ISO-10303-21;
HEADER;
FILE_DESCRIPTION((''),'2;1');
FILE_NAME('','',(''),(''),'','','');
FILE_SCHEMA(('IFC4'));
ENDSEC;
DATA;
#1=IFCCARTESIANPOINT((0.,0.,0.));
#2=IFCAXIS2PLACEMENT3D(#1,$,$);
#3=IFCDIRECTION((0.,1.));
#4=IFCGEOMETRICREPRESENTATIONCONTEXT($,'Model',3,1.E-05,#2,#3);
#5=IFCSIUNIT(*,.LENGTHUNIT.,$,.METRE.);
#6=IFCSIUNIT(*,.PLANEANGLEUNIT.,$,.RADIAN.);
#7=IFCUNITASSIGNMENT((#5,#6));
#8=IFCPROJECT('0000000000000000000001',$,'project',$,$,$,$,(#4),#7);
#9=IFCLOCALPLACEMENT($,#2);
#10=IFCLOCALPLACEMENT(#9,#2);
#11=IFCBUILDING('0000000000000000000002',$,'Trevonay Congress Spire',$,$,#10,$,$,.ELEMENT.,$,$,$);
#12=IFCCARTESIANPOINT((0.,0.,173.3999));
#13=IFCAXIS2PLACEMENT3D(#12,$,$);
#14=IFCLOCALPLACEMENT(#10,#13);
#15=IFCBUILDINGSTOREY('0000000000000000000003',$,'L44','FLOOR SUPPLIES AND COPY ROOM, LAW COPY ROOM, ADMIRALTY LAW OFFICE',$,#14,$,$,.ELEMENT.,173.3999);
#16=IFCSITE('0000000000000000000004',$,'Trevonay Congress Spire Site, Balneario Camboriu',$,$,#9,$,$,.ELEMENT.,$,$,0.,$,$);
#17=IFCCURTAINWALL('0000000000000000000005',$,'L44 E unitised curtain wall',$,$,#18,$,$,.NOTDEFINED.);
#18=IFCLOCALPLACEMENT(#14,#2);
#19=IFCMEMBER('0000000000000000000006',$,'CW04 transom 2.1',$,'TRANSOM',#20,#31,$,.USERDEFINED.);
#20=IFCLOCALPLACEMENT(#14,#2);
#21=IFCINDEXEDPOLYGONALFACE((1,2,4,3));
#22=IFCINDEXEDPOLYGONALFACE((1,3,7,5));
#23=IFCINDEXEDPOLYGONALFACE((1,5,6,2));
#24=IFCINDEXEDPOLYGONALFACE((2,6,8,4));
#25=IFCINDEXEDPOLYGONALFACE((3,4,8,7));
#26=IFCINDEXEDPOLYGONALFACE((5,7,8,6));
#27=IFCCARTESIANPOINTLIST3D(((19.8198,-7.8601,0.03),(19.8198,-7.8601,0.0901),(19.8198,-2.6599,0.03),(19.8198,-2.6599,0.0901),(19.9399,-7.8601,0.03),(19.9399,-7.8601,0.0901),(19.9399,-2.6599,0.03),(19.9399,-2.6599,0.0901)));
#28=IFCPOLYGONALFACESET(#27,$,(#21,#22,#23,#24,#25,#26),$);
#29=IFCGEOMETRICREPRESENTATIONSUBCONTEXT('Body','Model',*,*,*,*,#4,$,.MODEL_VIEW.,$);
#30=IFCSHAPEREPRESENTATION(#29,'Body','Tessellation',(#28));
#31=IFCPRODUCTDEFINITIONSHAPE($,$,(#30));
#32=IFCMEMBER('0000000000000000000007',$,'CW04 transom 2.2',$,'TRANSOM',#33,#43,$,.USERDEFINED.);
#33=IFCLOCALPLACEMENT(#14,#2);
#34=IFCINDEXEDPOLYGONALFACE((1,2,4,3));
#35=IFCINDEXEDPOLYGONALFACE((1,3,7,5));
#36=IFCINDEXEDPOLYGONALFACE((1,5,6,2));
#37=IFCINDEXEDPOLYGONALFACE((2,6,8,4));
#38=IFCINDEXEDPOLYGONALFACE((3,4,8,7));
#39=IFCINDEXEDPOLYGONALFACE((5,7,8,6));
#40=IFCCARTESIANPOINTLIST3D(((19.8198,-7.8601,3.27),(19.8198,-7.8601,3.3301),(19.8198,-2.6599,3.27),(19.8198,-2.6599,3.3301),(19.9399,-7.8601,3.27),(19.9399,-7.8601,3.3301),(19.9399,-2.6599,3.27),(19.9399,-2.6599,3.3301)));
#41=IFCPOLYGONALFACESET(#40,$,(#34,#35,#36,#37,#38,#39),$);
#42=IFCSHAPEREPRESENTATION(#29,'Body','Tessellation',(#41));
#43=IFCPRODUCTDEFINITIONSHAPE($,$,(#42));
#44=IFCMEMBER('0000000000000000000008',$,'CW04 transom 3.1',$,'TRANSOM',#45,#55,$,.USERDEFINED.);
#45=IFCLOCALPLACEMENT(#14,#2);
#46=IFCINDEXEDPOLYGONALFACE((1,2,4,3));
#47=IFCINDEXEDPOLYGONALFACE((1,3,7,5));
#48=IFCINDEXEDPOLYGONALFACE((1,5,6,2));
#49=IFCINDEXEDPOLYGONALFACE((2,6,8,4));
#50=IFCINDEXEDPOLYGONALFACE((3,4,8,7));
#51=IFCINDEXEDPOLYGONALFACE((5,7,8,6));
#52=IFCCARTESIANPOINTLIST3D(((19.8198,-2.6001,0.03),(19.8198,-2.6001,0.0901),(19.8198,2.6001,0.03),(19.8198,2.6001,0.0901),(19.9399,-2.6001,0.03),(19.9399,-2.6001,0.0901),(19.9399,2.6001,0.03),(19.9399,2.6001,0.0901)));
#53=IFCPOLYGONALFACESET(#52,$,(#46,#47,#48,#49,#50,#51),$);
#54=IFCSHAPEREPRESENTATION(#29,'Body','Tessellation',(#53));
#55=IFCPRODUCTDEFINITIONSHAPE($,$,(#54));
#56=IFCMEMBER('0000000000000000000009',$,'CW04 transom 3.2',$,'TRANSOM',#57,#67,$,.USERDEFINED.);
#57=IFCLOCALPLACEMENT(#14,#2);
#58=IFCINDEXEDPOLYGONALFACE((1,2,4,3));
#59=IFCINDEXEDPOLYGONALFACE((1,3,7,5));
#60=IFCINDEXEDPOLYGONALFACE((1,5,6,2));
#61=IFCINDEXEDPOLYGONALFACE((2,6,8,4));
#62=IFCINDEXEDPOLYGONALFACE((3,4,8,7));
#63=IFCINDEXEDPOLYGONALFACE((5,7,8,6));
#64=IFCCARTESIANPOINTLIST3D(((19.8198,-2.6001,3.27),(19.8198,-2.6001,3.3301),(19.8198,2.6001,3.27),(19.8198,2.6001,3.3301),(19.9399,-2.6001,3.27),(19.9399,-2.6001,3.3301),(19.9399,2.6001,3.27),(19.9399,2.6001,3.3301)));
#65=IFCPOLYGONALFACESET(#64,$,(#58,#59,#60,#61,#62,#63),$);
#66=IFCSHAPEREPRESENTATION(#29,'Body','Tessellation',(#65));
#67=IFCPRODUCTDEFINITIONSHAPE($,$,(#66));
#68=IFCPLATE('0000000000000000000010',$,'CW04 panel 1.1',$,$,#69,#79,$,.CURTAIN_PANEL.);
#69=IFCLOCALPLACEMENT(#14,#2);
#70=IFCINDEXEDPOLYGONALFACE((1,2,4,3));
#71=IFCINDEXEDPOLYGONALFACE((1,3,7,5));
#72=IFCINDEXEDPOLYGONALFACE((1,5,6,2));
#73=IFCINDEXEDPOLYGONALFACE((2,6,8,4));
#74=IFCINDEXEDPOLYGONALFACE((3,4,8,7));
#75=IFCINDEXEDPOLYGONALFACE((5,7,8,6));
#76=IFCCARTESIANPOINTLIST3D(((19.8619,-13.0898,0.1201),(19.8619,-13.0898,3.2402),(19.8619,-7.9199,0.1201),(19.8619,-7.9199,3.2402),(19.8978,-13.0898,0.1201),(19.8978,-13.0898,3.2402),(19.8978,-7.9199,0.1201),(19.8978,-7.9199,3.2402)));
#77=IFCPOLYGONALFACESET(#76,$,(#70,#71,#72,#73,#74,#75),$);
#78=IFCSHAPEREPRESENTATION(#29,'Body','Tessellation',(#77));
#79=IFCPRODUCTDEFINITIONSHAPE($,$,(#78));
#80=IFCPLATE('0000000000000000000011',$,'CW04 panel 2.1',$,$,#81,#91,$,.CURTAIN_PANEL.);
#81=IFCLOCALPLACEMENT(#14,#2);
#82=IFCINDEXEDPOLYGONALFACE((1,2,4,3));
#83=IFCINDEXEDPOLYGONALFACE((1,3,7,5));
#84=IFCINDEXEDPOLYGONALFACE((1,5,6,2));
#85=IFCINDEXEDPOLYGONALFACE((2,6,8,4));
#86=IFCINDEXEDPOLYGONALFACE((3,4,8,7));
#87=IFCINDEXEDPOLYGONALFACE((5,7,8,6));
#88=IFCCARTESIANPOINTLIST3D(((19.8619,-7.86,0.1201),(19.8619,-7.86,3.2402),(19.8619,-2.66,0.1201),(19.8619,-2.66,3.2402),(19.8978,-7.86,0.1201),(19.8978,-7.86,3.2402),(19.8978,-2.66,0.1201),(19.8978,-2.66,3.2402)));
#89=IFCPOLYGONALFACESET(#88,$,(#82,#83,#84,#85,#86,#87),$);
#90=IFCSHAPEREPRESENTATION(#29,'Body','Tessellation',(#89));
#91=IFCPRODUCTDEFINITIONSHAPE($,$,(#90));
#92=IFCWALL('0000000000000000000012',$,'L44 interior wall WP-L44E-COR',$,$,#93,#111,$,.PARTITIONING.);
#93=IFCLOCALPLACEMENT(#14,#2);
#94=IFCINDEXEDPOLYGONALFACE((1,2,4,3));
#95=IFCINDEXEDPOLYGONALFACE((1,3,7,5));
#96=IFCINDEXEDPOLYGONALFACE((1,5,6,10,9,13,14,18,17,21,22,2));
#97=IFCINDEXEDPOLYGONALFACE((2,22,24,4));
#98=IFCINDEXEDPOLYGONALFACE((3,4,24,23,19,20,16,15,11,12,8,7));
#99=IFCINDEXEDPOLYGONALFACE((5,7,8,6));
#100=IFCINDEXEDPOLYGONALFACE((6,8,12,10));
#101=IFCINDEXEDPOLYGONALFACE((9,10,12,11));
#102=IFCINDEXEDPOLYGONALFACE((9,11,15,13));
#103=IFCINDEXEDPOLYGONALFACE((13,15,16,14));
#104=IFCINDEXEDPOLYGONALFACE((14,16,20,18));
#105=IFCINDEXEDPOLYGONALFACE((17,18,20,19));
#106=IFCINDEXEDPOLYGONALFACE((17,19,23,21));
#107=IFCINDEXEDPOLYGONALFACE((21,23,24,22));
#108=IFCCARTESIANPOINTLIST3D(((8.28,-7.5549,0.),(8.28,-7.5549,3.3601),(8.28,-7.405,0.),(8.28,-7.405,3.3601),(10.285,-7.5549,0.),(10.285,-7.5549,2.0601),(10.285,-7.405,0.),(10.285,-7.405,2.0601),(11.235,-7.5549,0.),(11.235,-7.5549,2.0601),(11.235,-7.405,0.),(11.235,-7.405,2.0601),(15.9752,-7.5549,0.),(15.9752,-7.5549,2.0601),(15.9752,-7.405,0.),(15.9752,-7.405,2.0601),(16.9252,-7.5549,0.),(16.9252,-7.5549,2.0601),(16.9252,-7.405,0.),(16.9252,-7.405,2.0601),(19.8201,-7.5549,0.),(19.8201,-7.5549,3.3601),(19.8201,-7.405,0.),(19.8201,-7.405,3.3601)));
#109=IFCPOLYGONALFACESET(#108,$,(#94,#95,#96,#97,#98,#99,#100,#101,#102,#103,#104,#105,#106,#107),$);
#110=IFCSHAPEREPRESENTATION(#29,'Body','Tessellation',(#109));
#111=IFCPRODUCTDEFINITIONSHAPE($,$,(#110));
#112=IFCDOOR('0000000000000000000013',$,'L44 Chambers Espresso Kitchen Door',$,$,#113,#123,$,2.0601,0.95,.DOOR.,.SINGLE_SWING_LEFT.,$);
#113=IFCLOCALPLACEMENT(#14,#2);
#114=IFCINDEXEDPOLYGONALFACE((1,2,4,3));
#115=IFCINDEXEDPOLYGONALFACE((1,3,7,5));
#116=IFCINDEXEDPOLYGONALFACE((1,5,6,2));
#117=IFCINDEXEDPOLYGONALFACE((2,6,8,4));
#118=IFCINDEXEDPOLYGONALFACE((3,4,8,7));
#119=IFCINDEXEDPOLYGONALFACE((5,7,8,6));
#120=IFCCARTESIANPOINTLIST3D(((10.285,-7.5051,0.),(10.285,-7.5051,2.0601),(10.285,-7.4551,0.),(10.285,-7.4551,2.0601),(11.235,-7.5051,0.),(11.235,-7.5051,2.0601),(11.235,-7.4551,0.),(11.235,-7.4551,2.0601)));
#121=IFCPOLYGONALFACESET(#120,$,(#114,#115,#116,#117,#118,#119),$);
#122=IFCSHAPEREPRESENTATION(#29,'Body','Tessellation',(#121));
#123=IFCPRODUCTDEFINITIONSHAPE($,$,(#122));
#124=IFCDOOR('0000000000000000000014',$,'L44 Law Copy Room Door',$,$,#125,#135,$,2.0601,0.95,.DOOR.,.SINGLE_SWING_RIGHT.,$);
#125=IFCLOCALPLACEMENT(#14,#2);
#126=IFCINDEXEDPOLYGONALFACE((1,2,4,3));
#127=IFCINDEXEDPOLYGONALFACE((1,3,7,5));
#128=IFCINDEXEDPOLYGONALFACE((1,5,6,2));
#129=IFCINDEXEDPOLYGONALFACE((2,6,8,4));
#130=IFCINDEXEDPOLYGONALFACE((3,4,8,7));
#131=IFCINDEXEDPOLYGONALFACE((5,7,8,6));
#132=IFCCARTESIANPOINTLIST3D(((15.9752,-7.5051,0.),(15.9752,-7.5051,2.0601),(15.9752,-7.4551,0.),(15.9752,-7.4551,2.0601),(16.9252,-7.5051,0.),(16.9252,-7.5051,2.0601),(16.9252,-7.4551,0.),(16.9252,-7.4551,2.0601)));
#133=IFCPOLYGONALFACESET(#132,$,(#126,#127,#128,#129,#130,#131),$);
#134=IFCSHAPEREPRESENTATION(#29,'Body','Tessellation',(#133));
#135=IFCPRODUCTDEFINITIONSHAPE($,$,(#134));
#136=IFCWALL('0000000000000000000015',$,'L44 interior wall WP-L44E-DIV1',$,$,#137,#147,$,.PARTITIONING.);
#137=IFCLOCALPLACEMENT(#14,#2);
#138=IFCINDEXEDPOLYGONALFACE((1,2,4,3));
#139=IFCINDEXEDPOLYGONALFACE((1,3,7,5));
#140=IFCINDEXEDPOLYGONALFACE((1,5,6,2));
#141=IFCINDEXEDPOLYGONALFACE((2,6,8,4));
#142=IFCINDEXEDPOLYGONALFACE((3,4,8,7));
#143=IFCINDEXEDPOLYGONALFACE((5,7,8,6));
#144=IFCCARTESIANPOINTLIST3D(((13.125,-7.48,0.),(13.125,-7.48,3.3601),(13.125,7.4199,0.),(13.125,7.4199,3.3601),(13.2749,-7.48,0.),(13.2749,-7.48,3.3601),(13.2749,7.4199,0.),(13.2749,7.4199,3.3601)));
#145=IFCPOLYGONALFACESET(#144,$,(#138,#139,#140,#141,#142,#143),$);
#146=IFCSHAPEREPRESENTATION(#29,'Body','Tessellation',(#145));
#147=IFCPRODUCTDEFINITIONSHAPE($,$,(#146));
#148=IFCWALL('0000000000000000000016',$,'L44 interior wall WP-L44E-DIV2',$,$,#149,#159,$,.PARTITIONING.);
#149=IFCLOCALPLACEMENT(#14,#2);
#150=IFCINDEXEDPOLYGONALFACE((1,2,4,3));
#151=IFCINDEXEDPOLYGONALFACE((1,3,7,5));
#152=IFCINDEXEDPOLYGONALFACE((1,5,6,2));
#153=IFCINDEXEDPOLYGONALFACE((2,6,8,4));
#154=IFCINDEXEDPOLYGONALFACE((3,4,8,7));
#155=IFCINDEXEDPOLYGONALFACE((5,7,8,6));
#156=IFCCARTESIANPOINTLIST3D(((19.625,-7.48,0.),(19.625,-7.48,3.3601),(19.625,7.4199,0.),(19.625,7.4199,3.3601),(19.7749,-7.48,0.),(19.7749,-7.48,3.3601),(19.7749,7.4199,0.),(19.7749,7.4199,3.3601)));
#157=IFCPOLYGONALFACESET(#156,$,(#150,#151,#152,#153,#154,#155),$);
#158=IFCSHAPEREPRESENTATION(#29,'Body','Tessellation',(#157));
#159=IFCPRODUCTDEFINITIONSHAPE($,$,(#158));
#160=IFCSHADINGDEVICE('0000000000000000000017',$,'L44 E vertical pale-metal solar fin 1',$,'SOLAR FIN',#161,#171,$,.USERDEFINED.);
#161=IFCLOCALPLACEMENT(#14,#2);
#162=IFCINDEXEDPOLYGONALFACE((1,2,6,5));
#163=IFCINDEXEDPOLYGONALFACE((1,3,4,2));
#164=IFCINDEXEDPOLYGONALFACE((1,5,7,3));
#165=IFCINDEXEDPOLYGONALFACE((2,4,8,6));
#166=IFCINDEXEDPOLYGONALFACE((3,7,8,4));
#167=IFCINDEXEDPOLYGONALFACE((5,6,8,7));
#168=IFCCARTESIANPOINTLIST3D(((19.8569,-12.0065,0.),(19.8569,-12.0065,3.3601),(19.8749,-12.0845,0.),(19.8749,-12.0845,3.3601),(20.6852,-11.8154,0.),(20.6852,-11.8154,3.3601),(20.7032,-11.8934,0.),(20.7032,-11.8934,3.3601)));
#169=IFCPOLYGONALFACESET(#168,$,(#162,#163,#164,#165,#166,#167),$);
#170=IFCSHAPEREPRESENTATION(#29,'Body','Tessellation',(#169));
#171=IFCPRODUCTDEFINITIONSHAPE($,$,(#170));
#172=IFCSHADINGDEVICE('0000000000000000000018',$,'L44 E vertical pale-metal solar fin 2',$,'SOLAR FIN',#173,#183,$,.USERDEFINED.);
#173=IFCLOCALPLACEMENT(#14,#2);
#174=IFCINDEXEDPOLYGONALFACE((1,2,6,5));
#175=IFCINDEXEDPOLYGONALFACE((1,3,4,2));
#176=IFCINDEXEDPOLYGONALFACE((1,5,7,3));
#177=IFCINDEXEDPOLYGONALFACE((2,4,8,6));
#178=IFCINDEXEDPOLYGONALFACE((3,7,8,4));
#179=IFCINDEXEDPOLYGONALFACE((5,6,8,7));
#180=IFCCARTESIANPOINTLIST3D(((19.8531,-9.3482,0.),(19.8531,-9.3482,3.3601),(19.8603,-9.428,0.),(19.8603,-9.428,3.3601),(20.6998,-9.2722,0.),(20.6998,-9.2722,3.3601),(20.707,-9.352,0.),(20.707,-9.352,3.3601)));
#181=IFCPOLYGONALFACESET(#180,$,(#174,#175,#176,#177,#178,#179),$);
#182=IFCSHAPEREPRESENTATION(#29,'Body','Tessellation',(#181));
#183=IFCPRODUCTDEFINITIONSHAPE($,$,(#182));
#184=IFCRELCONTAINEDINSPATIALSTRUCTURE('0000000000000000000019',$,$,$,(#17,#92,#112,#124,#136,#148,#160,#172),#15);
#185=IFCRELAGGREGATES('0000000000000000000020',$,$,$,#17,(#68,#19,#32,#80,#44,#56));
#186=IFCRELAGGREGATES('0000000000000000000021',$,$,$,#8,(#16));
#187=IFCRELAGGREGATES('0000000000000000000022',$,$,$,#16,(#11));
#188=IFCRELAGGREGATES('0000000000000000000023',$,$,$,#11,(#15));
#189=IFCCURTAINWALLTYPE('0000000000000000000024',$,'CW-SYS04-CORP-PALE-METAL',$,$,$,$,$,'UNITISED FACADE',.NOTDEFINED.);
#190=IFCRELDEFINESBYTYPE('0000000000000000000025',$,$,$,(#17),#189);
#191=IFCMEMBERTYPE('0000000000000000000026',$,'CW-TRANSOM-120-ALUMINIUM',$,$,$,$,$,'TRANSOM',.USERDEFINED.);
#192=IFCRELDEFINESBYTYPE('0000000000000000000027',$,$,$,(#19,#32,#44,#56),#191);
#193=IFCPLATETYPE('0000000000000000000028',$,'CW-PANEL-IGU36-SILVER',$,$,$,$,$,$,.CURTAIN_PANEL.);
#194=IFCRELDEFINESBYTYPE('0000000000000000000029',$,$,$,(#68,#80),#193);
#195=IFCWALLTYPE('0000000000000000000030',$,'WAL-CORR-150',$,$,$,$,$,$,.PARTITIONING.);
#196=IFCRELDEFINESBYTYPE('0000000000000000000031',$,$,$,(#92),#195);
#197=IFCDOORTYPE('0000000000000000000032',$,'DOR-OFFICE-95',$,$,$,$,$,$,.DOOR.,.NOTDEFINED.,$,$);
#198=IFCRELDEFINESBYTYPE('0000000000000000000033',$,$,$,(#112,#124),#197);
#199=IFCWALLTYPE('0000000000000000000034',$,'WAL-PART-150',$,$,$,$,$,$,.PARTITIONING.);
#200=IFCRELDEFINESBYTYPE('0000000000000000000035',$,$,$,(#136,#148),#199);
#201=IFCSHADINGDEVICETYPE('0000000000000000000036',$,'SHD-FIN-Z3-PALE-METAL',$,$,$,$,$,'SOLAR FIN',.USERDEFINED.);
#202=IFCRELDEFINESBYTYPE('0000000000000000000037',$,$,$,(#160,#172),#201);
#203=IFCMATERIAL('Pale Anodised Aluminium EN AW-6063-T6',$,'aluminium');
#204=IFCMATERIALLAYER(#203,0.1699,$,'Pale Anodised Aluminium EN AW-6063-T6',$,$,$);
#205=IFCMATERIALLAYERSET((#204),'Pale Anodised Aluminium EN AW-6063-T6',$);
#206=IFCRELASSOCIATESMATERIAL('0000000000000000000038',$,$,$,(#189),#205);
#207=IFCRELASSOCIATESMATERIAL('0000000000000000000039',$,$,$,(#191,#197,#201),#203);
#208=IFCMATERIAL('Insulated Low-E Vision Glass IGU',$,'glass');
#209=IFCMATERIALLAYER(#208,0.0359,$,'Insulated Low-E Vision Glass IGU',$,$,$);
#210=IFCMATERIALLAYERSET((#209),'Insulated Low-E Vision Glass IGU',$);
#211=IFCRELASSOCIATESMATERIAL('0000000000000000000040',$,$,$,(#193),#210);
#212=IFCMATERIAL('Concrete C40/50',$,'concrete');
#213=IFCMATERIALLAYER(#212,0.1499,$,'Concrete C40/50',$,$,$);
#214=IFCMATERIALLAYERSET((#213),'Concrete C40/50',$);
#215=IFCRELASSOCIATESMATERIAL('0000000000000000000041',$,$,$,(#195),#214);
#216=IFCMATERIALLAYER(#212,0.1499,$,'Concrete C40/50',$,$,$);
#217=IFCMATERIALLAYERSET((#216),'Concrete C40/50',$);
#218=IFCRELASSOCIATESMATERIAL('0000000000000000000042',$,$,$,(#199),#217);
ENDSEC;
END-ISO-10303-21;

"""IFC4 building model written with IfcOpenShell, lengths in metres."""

from ifc_helpers import new_model, si_unit, direction, frame, frame_2d, origin, origin_2d, place, context, subcontext, project, spatial, rectangle, extrude, material, layer, layer_set, material_profile, profile_set, type_object, element, fill, aggregate, save


model = new_model("IFC4")

# Units and contexts
model_context = context("Model", 3, precision=1e-05, world=origin(), true_north=direction((0.0, 1.0)))
body_context = subcontext(model_context, "Body", "Model", "MODEL_VIEW")
ifc_project = project(units=[si_unit("LENGTHUNIT", "METRE"), si_unit("PLANEANGLEUNIT", "RADIAN")], contexts=[model_context])

# Site, building, storey
site_placement = place(None, origin())
site = spatial("IfcSite", under=ifc_project, at=site_placement, Name="Trevonay Congress Spire Site, Balneario Camboriu", CompositionType="ELEMENT", RefElevation=0.0)
building_placement = place(site_placement, origin())
building = spatial("IfcBuilding", under=site, at=building_placement, Name="Trevonay Congress Spire", CompositionType="ELEMENT")
storey_placement = place(building_placement, frame((0.0, 0.0, 173.3999)))
storey = spatial("IfcBuildingStorey", under=building, at=storey_placement, Name="L44", Description="FLOOR SUPPLIES AND COPY ROOM, LAW COPY ROOM, ADMIRALTY LAW OFFICE", CompositionType="ELEMENT", Elevation=173.3999)

# Curtain wall, members, plates
ifc_material_1 = material(Name="Pale Anodised Aluminium EN AW-6063-T6", Category="aluminium")
ifc_layer_1 = layer(ifc_material_1, 0.1699, Name="Pale Anodised Aluminium EN AW-6063-T6")
ifc_layer_set_1 = layer_set([ifc_layer_1], Name="Pale Anodised Aluminium EN AW-6063-T6")
curtain_wall_type = type_object("IfcCurtainWallType", Name="CW-SYS04-CORP-PALE-METAL", ElementType="UNITISED FACADE", PredefinedType="NOTDEFINED", material=ifc_layer_set_1)
curtain_wall_placement = place(storey_placement, origin())
curtain_wall = element("IfcCurtainWall", 1, at=curtain_wall_placement, inside=storey, type_object=curtain_wall_type, Name="L44 E unitised curtain wall", PredefinedType="NOTDEFINED")
ifc_material_profile_1 = material_profile(ifc_material_1, rectangle(XDim=0.1201, YDim=0.0601, at=origin_2d()), Name="CW-TRANSOM-120-ALUMINIUM")
ifc_profile_set_1 = profile_set([ifc_material_profile_1], Name="Pale Anodised Aluminium EN AW-6063-T6")
member_type_1 = type_object("IfcMemberType", Name="CW-TRANSOM-120-ALUMINIUM", ElementType="TRANSOM", PredefinedType="USERDEFINED", material=ifc_profile_set_1)
member_1_placement = place(storey_placement, frame((19.8799, -7.8601, 0.0601), z_axis=(0.0, 1.0, 0.0), x_axis=(-1.0, 0.0, 0.0)))
member_1 = element("IfcMember", 2, at=member_1_placement, type_object=member_type_1, Name="CW04 transom 2.1", ObjectType="TRANSOM", PredefinedType="USERDEFINED", context=body_context, shape_type="SweptSolid", body=[
    extrude(rectangle(XDim=0.1201, YDim=0.0601, at=origin_2d()), origin(), (0.0, 0.0, 1.0), 5.2002),
])
member_2_placement = place(storey_placement, frame((19.8799, -7.8601, 3.3), z_axis=(0.0, 1.0, 0.0), x_axis=(-1.0, 0.0, 0.0)))
member_2 = element("IfcMember", 3, at=member_2_placement, type_object=member_type_1, Name="CW04 transom 2.2", ObjectType="TRANSOM", PredefinedType="USERDEFINED", context=body_context, shape_type="SweptSolid", body=[
    extrude(rectangle(XDim=0.1201, YDim=0.0601, at=origin_2d()), origin(), (0.0, 0.0, 1.0), 5.2002),
])
member_3_placement = place(storey_placement, frame((19.8799, -2.6001, 0.0601), z_axis=(0.0, 1.0, 0.0), x_axis=(-1.0, 0.0, 0.0)))
member_3 = element("IfcMember", 4, at=member_3_placement, type_object=member_type_1, Name="CW04 transom 3.1", ObjectType="TRANSOM", PredefinedType="USERDEFINED", context=body_context, shape_type="SweptSolid", body=[
    extrude(rectangle(XDim=0.1201, YDim=0.0601, at=origin_2d()), origin(), (0.0, 0.0, 1.0), 5.2002),
])
member_4_placement = place(storey_placement, frame((19.8799, -2.6001, 3.3), z_axis=(0.0, 1.0, 0.0), x_axis=(-1.0, 0.0, 0.0)))
member_4 = element("IfcMember", 5, at=member_4_placement, type_object=member_type_1, Name="CW04 transom 3.2", ObjectType="TRANSOM", PredefinedType="USERDEFINED", context=body_context, shape_type="SweptSolid", body=[
    extrude(rectangle(XDim=0.1201, YDim=0.0601, at=origin_2d()), origin(), (0.0, 0.0, 1.0), 5.2002),
])
ifc_material_2 = material(Name="Insulated Low-E Vision Glass IGU", Category="glass")
ifc_layer_2 = layer(ifc_material_2, 0.0359, Name="Insulated Low-E Vision Glass IGU")
ifc_layer_set_2 = layer_set([ifc_layer_2], Name="Insulated Low-E Vision Glass IGU")
plate_type = type_object("IfcPlateType", Name="CW-PANEL-IGU36-SILVER", PredefinedType="CURTAIN_PANEL", material=ifc_layer_set_2)
plate_1_placement = place(storey_placement, frame((19.8799, -10.5049, 0.1201), z_axis=(0.0, 0.0, 1.0), x_axis=(0.0, 1.0, 0.0)))
plate_1 = element("IfcPlate", 6, at=plate_1_placement, type_object=plate_type, Name="CW04 panel 1.1", PredefinedType="CURTAIN_PANEL", context=body_context, shape_type="SweptSolid", body=[
    extrude(rectangle(XDim=5.1699, YDim=0.0359, at=origin_2d()), origin(), (0.0, 0.0, 1.0), 3.1201),
])
plate_2_placement = place(storey_placement, frame((19.8799, -5.26, 0.1201), z_axis=(0.0, 0.0, 1.0), x_axis=(0.0, 1.0, 0.0)))
plate_2 = element("IfcPlate", 7, at=plate_2_placement, type_object=plate_type, Name="CW04 panel 2.1", PredefinedType="CURTAIN_PANEL", context=body_context, shape_type="SweptSolid", body=[
    extrude(rectangle(XDim=5.2, YDim=0.0359, at=origin_2d()), origin(), (0.0, 0.0, 1.0), 3.1201),
])
aggregate(curtain_wall, [plate_1, member_1, member_2, plate_2, member_3, member_4])

# Wall, openings, doors
ifc_material_3 = material(Name="Concrete C40/50", Category="concrete")
ifc_layer_3 = layer(ifc_material_3, 0.1499, Name="Concrete C40/50")
ifc_layer_set_3 = layer_set([ifc_layer_3], Name="Concrete C40/50")
wall_type_1 = type_object("IfcWallType", Name="WAL-CORR-150", PredefinedType="PARTITIONING", material=ifc_layer_set_3)
wall_placement = place(storey_placement, frame((8.28, -7.48, 0.0), z_axis=(0.0, 0.0, 1.0), x_axis=(1.0, 0.0, 0.0)))
wall = element("IfcWall", 8, at=wall_placement, inside=storey, type_object=wall_type_1, Name="L44 interior wall WP-L44E-COR", PredefinedType="PARTITIONING", context=body_context, shape_type="SweptSolid", body=[
    extrude(rectangle(XDim=11.54, YDim=0.1499, at=frame_2d((5.77, 0.0))), origin(), (0.0, 0.0, 1.0), 3.3601),
])
opening_1_placement = place(wall_placement, frame((2.0049, 0.0, 0.0)))
opening_1 = element("IfcOpeningElement", 9, at=opening_1_placement, cuts=wall, PredefinedType="OPENING", context=body_context, shape_type="SweptSolid", body=[
    extrude(rectangle(XDim=0.95, YDim=2.0601, at=frame_2d((0.4751, 1.03))), frame((0.0, 0.085, 0.0), z_axis=(0.0, -1.0, 0.0), x_axis=(1.0, 0.0, 0.0)), (0.0, 0.0, 1.0), 0.1699),
])
opening_2_placement = place(wall_placement, frame((7.6951, 0.0, 0.0)))
opening_2 = element("IfcOpeningElement", 10, at=opening_2_placement, cuts=wall, PredefinedType="OPENING", context=body_context, shape_type="SweptSolid", body=[
    extrude(rectangle(XDim=0.95, YDim=2.0601, at=frame_2d((0.4751, 1.03))), frame((0.0, 0.085, 0.0), z_axis=(0.0, -1.0, 0.0), x_axis=(1.0, 0.0, 0.0)), (0.0, 0.0, 1.0), 0.1699),
])
door_type = type_object("IfcDoorType", Name="DOR-OFFICE-95", OperationType="NOTDEFINED", PredefinedType="DOOR", material=ifc_material_1)
door_1_placement = place(opening_1_placement, origin())
door_1 = element("IfcDoor", 11, at=door_1_placement, inside=storey, type_object=door_type, Name="L44 Chambers Espresso Kitchen Door", OperationType="SINGLE_SWING_LEFT", OverallHeight=2.0601, OverallWidth=0.95, PredefinedType="DOOR", context=body_context, shape_type="SweptSolid", body=[
    extrude(rectangle(XDim=0.95, YDim=2.0601, at=frame_2d((0.4751, 1.03))), frame((0.0, 0.0249, 0.0), z_axis=(0.0, -1.0, 0.0), x_axis=(1.0, 0.0, 0.0)), (0.0, 0.0, 1.0), 0.05),
])
fill(opening_1, door_1)
door_2_placement = place(opening_2_placement, origin())
door_2 = element("IfcDoor", 12, at=door_2_placement, inside=storey, type_object=door_type, Name="L44 Law Copy Room Door", OperationType="SINGLE_SWING_RIGHT", OverallHeight=2.0601, OverallWidth=0.95, PredefinedType="DOOR", context=body_context, shape_type="SweptSolid", body=[
    extrude(rectangle(XDim=0.95, YDim=2.0601, at=frame_2d((0.4751, 1.03))), frame((0.0, 0.0249, 0.0), z_axis=(0.0, -1.0, 0.0), x_axis=(1.0, 0.0, 0.0)), (0.0, 0.0, 1.0), 0.05),
])
fill(opening_2, door_2)

# Walls
ifc_layer_4 = layer(ifc_material_3, 0.1499, Name="Concrete C40/50")
ifc_layer_set_4 = layer_set([ifc_layer_4], Name="Concrete C40/50")
wall_type_2 = type_object("IfcWallType", Name="WAL-PART-150", PredefinedType="PARTITIONING", material=ifc_layer_set_4)
for number, where, z_axis, x_axis, name in (
    (13, (13.2, -7.48, 0.0), (0.0, 0.0, 1.0), (0.0, 1.0, 0.0), "L44 interior wall WP-L44E-DIV1"),
    (14, (19.7, -7.48, 0.0), (0.0, 0.0, 1.0), (0.0, 1.0, 0.0), "L44 interior wall WP-L44E-DIV2"),
):
    element("IfcWall", number, at=place(storey_placement, frame(where, z_axis=z_axis, x_axis=x_axis)), inside=storey, type_object=wall_type_2, Name=name, PredefinedType="PARTITIONING", context=body_context, shape_type="SweptSolid", body=[
        extrude(rectangle(XDim=14.8999, YDim=0.1499, at=frame_2d((7.45, 0.0))), origin(), (0.0, 0.0, 1.0), 3.3601),
    ])

# Shading devices
shading_device_type = type_object("IfcShadingDeviceType", Name="SHD-FIN-Z3-PALE-METAL", ElementType="SOLAR FIN", PredefinedType="USERDEFINED", material=ifc_material_1)
for number, where, z_axis, x_axis, name in (
    (15, (20.28, -11.95, 0.0), (0.0, 0.0, 1.0), (-0.224781, 0.974409, 0.0), "L44 E vertical pale-metal solar fin 1"),
    (16, (20.28, -9.3501, 0.0), (0.0, 0.0, 1.0), (-0.089416, 0.995994, 0.0), "L44 E vertical pale-metal solar fin 2"),
):
    element("IfcShadingDevice", number, at=place(storey_placement, frame(where, z_axis=z_axis, x_axis=x_axis)), inside=storey, type_object=shading_device_type, Name=name, ObjectType="SOLAR FIN", PredefinedType="USERDEFINED", context=body_context, shape_type="SweptSolid", body=[
        extrude(rectangle(XDim=0.0801, YDim=0.8501, at=origin_2d()), origin(), (0.0, 0.0, 1.0), 3.3601),
    ])

save(model, "model.ifc")
